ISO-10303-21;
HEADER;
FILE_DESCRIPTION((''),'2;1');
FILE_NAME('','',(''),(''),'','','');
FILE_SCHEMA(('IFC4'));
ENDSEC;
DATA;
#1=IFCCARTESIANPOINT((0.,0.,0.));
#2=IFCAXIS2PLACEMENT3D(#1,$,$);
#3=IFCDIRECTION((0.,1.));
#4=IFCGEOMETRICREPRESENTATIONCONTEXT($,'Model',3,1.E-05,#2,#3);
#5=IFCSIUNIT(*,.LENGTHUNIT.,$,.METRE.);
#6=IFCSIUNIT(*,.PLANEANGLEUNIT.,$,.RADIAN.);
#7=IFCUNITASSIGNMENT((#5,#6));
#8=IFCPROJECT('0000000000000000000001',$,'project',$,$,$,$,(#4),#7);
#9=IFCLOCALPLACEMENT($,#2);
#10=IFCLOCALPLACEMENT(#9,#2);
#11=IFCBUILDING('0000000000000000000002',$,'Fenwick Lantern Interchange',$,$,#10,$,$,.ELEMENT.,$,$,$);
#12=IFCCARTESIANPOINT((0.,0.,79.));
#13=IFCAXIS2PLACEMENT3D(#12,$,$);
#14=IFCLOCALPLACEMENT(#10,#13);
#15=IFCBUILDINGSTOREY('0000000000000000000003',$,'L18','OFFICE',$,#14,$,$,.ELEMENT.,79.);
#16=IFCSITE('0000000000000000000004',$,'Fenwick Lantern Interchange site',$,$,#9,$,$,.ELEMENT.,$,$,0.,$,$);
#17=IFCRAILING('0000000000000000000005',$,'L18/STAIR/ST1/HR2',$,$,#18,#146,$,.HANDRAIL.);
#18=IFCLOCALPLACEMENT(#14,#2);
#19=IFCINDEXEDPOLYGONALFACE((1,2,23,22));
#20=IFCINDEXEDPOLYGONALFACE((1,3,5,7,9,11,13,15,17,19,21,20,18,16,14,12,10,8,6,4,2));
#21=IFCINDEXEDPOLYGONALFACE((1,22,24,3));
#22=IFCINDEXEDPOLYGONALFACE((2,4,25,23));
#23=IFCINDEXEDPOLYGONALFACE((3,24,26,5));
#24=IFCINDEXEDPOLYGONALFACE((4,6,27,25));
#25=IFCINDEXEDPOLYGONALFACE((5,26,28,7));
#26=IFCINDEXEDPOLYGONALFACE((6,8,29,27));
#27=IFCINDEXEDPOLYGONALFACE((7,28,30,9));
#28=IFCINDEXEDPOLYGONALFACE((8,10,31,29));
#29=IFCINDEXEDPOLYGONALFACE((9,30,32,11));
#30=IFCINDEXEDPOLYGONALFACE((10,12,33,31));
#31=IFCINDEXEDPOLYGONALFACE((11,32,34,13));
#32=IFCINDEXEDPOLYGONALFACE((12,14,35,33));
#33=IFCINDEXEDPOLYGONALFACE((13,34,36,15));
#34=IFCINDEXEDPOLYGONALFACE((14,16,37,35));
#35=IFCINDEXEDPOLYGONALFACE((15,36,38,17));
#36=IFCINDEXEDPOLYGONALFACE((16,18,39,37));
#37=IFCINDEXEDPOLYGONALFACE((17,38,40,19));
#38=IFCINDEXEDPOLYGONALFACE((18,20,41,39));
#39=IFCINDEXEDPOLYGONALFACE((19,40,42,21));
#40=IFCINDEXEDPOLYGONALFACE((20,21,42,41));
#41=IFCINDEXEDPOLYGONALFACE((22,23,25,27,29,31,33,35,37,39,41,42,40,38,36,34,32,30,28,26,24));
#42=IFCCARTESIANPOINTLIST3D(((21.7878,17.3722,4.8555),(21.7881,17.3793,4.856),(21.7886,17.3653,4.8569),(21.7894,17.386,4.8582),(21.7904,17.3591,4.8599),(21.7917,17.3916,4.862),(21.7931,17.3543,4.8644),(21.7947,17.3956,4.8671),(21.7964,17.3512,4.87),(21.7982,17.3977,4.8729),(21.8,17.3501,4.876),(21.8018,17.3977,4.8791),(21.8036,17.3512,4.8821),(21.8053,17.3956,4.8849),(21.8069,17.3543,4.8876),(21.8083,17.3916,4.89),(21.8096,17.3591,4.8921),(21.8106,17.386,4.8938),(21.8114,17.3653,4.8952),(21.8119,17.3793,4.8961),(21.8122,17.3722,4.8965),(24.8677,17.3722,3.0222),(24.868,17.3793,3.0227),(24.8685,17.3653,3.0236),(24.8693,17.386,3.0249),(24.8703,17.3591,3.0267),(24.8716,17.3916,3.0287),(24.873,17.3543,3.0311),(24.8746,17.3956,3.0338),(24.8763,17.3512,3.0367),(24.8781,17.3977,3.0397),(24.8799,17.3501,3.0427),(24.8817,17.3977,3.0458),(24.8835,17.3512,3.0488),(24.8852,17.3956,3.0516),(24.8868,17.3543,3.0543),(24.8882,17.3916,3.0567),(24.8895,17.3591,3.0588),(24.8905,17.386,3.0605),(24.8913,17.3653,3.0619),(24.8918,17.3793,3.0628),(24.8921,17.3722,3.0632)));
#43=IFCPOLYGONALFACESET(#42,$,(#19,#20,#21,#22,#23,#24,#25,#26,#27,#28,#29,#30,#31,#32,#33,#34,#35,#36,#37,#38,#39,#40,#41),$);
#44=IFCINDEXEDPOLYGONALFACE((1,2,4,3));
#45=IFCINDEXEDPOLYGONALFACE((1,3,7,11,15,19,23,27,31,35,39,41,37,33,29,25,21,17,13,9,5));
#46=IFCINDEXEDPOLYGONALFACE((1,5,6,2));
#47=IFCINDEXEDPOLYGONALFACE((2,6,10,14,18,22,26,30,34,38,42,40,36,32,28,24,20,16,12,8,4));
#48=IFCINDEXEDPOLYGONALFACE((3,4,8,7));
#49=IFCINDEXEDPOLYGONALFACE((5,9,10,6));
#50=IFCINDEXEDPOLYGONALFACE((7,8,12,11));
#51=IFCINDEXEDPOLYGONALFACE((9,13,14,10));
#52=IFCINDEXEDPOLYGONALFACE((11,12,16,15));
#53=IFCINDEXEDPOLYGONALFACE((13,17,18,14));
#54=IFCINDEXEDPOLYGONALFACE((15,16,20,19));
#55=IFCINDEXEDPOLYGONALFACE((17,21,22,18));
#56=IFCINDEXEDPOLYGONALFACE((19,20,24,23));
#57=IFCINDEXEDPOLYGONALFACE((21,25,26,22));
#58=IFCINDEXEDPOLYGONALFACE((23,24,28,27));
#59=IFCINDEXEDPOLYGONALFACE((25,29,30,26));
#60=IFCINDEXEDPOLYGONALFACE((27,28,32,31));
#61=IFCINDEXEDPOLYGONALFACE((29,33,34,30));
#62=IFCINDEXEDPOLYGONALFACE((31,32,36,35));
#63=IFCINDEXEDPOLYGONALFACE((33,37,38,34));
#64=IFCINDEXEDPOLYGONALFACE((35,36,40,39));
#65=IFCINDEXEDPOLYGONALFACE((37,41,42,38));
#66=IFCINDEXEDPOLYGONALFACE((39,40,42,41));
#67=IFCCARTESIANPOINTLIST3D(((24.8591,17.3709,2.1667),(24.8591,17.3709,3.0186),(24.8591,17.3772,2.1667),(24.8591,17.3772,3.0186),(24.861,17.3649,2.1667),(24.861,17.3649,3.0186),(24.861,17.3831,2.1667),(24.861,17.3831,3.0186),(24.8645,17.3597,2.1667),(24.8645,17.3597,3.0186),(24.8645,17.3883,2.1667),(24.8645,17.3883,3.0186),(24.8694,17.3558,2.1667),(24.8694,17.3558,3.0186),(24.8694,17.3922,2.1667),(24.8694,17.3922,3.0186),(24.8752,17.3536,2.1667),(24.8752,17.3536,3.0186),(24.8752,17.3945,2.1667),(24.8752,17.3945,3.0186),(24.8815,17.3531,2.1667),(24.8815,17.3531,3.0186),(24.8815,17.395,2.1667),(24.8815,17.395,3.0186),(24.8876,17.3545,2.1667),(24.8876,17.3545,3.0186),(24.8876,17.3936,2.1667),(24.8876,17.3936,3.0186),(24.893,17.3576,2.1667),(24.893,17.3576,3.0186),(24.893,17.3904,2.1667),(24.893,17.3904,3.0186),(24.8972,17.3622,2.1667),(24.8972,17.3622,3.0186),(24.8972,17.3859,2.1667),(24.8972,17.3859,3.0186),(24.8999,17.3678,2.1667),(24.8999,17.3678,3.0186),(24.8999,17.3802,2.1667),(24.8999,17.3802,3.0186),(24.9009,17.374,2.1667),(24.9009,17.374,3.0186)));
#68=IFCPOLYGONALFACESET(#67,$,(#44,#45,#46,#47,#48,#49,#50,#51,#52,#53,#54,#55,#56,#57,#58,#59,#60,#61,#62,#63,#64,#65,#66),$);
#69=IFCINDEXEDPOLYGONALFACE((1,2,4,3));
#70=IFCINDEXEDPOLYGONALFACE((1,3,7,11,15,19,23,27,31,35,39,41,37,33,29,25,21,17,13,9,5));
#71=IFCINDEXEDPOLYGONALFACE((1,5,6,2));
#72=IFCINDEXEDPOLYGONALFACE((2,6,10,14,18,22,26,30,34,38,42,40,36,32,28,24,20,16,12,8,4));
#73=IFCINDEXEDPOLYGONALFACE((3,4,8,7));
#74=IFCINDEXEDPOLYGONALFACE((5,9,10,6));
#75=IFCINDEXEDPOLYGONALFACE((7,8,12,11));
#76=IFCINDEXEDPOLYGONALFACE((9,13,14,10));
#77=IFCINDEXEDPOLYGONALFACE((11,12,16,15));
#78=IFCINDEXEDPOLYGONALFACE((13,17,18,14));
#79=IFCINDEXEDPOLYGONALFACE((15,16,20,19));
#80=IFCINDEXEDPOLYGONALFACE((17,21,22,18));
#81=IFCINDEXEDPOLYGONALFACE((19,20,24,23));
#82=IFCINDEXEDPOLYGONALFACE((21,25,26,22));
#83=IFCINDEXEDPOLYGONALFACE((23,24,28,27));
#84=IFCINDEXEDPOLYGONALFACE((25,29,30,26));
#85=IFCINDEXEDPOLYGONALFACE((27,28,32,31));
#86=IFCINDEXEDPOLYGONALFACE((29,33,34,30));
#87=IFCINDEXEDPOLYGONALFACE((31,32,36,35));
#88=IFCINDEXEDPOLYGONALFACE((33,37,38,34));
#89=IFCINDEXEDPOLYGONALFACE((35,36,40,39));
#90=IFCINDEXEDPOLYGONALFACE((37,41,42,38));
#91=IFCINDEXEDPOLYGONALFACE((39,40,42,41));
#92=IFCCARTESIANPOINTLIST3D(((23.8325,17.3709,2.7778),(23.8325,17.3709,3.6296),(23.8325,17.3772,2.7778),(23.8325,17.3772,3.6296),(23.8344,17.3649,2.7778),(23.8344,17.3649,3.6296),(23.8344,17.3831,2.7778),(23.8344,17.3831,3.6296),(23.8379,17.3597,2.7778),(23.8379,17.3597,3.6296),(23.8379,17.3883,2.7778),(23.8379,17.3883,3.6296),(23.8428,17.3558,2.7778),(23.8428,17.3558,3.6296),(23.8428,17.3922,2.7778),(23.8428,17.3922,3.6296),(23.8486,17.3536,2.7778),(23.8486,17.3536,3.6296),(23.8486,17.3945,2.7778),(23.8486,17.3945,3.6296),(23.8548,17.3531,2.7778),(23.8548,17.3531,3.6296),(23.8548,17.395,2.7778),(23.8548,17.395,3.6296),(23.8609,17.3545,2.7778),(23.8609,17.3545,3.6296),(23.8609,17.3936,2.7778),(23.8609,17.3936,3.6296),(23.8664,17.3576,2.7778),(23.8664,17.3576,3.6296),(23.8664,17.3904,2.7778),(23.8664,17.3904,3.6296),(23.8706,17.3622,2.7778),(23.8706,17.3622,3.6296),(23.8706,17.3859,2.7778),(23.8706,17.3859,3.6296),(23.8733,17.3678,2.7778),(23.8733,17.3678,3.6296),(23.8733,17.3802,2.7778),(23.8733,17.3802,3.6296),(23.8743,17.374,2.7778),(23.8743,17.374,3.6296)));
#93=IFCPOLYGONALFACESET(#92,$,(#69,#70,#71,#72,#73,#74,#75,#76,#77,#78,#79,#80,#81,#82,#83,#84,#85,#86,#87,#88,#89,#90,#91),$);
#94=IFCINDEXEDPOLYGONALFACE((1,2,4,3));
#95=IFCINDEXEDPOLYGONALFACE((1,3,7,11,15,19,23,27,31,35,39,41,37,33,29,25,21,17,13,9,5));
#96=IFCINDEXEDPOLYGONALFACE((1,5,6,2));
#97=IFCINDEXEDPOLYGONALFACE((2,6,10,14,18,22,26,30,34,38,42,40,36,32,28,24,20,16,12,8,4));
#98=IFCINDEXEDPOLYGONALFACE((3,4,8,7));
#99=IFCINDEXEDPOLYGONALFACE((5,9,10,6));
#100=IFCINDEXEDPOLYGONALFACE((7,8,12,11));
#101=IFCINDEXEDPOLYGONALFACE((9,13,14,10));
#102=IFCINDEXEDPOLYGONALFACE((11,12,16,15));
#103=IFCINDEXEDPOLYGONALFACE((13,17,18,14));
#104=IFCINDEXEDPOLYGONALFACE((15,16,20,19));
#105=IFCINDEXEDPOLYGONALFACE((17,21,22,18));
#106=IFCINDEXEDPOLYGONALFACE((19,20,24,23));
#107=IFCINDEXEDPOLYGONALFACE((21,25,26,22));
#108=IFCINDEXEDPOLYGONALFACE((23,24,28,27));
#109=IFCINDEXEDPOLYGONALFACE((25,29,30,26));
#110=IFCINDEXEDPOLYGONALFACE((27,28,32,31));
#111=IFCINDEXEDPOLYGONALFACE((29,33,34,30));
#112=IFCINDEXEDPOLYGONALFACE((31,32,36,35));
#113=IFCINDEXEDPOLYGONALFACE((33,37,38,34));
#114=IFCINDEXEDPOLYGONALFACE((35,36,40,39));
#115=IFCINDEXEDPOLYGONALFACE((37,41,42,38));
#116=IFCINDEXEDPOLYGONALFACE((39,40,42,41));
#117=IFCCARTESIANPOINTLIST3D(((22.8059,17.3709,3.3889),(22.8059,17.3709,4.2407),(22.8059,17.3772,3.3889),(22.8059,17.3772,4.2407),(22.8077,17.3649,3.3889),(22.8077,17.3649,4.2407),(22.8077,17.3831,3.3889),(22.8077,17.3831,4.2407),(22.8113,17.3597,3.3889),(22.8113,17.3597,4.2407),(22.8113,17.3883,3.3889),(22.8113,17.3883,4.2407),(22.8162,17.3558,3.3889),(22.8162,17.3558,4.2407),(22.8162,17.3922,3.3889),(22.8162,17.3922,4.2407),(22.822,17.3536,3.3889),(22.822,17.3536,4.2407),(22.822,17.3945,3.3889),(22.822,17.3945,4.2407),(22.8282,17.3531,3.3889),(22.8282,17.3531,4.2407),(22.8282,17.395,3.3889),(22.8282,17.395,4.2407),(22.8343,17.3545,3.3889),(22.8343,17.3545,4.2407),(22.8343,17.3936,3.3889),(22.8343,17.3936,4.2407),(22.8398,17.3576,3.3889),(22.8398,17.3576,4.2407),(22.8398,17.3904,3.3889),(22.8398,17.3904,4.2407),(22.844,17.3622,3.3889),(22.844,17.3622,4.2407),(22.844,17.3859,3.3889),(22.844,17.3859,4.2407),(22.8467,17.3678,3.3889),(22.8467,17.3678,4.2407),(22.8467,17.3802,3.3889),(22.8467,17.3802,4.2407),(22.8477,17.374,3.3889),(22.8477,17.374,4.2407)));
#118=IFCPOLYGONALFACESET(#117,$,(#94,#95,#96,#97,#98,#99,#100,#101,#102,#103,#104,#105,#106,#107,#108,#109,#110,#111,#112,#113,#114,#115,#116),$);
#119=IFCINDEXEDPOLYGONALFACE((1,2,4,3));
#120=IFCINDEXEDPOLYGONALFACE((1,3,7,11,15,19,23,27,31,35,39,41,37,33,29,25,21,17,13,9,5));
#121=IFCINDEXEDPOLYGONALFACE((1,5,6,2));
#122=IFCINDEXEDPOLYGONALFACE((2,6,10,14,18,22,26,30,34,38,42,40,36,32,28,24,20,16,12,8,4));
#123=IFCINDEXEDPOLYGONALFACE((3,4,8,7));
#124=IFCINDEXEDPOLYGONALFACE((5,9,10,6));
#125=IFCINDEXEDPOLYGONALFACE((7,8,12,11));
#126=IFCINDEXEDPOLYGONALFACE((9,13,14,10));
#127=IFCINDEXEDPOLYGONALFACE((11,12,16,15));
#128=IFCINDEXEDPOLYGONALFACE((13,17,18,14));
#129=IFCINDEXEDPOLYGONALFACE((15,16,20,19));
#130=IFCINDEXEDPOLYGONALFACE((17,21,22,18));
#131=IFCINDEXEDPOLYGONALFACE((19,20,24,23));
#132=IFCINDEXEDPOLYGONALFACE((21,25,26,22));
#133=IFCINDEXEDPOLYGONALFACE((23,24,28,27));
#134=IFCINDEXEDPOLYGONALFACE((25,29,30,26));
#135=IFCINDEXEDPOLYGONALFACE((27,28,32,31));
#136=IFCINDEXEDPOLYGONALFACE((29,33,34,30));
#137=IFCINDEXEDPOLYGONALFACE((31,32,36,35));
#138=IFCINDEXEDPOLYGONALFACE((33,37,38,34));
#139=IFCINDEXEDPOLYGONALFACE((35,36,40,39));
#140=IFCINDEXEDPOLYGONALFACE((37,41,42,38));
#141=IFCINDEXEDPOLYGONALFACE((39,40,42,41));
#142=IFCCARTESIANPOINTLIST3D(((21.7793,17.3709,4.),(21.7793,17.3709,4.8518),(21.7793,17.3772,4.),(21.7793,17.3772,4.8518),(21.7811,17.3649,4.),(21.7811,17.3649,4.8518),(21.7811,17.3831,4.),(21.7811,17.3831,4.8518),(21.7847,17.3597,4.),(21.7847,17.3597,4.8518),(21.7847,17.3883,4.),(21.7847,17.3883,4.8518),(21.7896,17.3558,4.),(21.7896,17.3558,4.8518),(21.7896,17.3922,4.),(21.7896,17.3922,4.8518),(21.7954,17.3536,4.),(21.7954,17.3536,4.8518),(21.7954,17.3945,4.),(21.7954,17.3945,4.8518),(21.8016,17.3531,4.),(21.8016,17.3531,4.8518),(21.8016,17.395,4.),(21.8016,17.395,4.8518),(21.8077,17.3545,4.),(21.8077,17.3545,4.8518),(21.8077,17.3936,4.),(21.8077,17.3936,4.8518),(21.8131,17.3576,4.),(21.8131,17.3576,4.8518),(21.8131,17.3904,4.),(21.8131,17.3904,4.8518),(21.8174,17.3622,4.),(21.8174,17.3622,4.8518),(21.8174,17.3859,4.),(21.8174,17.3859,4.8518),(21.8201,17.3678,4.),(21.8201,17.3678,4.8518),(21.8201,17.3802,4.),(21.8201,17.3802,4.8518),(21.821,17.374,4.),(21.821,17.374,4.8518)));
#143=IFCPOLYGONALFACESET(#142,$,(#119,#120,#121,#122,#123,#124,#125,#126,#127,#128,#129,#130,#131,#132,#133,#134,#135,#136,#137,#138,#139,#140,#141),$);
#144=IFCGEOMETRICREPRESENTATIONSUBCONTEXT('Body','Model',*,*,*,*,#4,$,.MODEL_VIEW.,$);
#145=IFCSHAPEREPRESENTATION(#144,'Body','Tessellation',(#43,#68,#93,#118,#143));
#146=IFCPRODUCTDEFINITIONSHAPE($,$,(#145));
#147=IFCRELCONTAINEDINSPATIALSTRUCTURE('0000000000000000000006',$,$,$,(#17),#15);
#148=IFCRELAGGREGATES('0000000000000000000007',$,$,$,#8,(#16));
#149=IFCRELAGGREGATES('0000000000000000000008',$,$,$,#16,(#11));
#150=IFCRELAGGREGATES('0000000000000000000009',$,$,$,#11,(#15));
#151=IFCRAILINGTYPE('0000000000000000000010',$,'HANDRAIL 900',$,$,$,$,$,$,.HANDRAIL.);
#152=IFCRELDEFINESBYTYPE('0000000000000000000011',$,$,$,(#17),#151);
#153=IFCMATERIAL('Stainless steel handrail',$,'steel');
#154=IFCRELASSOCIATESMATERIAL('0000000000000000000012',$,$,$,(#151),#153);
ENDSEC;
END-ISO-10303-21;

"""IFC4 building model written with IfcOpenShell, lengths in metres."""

from ifc_helpers import new_model, si_unit, direction, frame, origin, origin_2d, place, context, subcontext, project, spatial, circle, extrude, material, type_object, element, save


model = new_model("IFC4")

# Units and contexts
model_context = context("Model", 3, precision=1e-05, world=origin(), true_north=direction((0.0, 1.0)))
body_context = subcontext(model_context, "Body", "Model", "MODEL_VIEW")
ifc_project = project(units=[si_unit("LENGTHUNIT", "METRE"), si_unit("PLANEANGLEUNIT", "RADIAN")], contexts=[model_context])

# Site, building, storey
site_placement = place(None, origin())
site = spatial("IfcSite", under=ifc_project, at=site_placement, Name="Fenwick Lantern Interchange site", CompositionType="ELEMENT", RefElevation=0.0)
building_placement = place(site_placement, origin())
building = spatial("IfcBuilding", under=site, at=building_placement, Name="Fenwick Lantern Interchange", CompositionType="ELEMENT")
storey_placement = place(building_placement, frame((0.0, 0.0, 79.0)))
storey = spatial("IfcBuildingStorey", under=building, at=storey_placement, Name="L18", Description="OFFICE", CompositionType="ELEMENT", Elevation=79.0)

# Railing
ifc_material_1 = material(Name="Stainless steel handrail", Category="steel")
railing_type = type_object("IfcRailingType", Name="HANDRAIL 900", PredefinedType="HANDRAIL", material=ifc_material_1)
railing_1_placement = place(storey_placement, frame((24.8799, 17.374, 2.1667)))
element("IfcRailing", 1, at=railing_1_placement, inside=storey, type_object=railing_type, Name="L18/STAIR/ST1/HR2", PredefinedType="HANDRAIL", context=body_context, shape_type="SweptSolid", body=[
    extrude(circle(Radius=0.0239, at=origin_2d()), frame((0.0, 0.0, 0.876), z_axis=(-0.859291, 0.0, 0.511487), x_axis=(0.0, -1.0, 0.0)), (0.0, 0.0, 1.0), 3.5842),
    extrude(circle(Radius=0.021, at=origin_2d()), origin(), (0.0, 0.0, 1.0), 0.8518),
    extrude(circle(Radius=0.021, at=origin_2d()), frame((-1.0266, 0.0, 0.6111)), (0.0, 0.0, 1.0), 0.8518),
    extrude(circle(Radius=0.021, at=origin_2d()), frame((-2.0532, 0.0, 1.2222)), (0.0, 0.0, 1.0), 0.8518),
    extrude(circle(Radius=0.021, at=origin_2d()), frame((-3.0798, 0.0, 1.8333)), (0.0, 0.0, 1.0), 0.8518),
])

save(model, "model.ifc")
